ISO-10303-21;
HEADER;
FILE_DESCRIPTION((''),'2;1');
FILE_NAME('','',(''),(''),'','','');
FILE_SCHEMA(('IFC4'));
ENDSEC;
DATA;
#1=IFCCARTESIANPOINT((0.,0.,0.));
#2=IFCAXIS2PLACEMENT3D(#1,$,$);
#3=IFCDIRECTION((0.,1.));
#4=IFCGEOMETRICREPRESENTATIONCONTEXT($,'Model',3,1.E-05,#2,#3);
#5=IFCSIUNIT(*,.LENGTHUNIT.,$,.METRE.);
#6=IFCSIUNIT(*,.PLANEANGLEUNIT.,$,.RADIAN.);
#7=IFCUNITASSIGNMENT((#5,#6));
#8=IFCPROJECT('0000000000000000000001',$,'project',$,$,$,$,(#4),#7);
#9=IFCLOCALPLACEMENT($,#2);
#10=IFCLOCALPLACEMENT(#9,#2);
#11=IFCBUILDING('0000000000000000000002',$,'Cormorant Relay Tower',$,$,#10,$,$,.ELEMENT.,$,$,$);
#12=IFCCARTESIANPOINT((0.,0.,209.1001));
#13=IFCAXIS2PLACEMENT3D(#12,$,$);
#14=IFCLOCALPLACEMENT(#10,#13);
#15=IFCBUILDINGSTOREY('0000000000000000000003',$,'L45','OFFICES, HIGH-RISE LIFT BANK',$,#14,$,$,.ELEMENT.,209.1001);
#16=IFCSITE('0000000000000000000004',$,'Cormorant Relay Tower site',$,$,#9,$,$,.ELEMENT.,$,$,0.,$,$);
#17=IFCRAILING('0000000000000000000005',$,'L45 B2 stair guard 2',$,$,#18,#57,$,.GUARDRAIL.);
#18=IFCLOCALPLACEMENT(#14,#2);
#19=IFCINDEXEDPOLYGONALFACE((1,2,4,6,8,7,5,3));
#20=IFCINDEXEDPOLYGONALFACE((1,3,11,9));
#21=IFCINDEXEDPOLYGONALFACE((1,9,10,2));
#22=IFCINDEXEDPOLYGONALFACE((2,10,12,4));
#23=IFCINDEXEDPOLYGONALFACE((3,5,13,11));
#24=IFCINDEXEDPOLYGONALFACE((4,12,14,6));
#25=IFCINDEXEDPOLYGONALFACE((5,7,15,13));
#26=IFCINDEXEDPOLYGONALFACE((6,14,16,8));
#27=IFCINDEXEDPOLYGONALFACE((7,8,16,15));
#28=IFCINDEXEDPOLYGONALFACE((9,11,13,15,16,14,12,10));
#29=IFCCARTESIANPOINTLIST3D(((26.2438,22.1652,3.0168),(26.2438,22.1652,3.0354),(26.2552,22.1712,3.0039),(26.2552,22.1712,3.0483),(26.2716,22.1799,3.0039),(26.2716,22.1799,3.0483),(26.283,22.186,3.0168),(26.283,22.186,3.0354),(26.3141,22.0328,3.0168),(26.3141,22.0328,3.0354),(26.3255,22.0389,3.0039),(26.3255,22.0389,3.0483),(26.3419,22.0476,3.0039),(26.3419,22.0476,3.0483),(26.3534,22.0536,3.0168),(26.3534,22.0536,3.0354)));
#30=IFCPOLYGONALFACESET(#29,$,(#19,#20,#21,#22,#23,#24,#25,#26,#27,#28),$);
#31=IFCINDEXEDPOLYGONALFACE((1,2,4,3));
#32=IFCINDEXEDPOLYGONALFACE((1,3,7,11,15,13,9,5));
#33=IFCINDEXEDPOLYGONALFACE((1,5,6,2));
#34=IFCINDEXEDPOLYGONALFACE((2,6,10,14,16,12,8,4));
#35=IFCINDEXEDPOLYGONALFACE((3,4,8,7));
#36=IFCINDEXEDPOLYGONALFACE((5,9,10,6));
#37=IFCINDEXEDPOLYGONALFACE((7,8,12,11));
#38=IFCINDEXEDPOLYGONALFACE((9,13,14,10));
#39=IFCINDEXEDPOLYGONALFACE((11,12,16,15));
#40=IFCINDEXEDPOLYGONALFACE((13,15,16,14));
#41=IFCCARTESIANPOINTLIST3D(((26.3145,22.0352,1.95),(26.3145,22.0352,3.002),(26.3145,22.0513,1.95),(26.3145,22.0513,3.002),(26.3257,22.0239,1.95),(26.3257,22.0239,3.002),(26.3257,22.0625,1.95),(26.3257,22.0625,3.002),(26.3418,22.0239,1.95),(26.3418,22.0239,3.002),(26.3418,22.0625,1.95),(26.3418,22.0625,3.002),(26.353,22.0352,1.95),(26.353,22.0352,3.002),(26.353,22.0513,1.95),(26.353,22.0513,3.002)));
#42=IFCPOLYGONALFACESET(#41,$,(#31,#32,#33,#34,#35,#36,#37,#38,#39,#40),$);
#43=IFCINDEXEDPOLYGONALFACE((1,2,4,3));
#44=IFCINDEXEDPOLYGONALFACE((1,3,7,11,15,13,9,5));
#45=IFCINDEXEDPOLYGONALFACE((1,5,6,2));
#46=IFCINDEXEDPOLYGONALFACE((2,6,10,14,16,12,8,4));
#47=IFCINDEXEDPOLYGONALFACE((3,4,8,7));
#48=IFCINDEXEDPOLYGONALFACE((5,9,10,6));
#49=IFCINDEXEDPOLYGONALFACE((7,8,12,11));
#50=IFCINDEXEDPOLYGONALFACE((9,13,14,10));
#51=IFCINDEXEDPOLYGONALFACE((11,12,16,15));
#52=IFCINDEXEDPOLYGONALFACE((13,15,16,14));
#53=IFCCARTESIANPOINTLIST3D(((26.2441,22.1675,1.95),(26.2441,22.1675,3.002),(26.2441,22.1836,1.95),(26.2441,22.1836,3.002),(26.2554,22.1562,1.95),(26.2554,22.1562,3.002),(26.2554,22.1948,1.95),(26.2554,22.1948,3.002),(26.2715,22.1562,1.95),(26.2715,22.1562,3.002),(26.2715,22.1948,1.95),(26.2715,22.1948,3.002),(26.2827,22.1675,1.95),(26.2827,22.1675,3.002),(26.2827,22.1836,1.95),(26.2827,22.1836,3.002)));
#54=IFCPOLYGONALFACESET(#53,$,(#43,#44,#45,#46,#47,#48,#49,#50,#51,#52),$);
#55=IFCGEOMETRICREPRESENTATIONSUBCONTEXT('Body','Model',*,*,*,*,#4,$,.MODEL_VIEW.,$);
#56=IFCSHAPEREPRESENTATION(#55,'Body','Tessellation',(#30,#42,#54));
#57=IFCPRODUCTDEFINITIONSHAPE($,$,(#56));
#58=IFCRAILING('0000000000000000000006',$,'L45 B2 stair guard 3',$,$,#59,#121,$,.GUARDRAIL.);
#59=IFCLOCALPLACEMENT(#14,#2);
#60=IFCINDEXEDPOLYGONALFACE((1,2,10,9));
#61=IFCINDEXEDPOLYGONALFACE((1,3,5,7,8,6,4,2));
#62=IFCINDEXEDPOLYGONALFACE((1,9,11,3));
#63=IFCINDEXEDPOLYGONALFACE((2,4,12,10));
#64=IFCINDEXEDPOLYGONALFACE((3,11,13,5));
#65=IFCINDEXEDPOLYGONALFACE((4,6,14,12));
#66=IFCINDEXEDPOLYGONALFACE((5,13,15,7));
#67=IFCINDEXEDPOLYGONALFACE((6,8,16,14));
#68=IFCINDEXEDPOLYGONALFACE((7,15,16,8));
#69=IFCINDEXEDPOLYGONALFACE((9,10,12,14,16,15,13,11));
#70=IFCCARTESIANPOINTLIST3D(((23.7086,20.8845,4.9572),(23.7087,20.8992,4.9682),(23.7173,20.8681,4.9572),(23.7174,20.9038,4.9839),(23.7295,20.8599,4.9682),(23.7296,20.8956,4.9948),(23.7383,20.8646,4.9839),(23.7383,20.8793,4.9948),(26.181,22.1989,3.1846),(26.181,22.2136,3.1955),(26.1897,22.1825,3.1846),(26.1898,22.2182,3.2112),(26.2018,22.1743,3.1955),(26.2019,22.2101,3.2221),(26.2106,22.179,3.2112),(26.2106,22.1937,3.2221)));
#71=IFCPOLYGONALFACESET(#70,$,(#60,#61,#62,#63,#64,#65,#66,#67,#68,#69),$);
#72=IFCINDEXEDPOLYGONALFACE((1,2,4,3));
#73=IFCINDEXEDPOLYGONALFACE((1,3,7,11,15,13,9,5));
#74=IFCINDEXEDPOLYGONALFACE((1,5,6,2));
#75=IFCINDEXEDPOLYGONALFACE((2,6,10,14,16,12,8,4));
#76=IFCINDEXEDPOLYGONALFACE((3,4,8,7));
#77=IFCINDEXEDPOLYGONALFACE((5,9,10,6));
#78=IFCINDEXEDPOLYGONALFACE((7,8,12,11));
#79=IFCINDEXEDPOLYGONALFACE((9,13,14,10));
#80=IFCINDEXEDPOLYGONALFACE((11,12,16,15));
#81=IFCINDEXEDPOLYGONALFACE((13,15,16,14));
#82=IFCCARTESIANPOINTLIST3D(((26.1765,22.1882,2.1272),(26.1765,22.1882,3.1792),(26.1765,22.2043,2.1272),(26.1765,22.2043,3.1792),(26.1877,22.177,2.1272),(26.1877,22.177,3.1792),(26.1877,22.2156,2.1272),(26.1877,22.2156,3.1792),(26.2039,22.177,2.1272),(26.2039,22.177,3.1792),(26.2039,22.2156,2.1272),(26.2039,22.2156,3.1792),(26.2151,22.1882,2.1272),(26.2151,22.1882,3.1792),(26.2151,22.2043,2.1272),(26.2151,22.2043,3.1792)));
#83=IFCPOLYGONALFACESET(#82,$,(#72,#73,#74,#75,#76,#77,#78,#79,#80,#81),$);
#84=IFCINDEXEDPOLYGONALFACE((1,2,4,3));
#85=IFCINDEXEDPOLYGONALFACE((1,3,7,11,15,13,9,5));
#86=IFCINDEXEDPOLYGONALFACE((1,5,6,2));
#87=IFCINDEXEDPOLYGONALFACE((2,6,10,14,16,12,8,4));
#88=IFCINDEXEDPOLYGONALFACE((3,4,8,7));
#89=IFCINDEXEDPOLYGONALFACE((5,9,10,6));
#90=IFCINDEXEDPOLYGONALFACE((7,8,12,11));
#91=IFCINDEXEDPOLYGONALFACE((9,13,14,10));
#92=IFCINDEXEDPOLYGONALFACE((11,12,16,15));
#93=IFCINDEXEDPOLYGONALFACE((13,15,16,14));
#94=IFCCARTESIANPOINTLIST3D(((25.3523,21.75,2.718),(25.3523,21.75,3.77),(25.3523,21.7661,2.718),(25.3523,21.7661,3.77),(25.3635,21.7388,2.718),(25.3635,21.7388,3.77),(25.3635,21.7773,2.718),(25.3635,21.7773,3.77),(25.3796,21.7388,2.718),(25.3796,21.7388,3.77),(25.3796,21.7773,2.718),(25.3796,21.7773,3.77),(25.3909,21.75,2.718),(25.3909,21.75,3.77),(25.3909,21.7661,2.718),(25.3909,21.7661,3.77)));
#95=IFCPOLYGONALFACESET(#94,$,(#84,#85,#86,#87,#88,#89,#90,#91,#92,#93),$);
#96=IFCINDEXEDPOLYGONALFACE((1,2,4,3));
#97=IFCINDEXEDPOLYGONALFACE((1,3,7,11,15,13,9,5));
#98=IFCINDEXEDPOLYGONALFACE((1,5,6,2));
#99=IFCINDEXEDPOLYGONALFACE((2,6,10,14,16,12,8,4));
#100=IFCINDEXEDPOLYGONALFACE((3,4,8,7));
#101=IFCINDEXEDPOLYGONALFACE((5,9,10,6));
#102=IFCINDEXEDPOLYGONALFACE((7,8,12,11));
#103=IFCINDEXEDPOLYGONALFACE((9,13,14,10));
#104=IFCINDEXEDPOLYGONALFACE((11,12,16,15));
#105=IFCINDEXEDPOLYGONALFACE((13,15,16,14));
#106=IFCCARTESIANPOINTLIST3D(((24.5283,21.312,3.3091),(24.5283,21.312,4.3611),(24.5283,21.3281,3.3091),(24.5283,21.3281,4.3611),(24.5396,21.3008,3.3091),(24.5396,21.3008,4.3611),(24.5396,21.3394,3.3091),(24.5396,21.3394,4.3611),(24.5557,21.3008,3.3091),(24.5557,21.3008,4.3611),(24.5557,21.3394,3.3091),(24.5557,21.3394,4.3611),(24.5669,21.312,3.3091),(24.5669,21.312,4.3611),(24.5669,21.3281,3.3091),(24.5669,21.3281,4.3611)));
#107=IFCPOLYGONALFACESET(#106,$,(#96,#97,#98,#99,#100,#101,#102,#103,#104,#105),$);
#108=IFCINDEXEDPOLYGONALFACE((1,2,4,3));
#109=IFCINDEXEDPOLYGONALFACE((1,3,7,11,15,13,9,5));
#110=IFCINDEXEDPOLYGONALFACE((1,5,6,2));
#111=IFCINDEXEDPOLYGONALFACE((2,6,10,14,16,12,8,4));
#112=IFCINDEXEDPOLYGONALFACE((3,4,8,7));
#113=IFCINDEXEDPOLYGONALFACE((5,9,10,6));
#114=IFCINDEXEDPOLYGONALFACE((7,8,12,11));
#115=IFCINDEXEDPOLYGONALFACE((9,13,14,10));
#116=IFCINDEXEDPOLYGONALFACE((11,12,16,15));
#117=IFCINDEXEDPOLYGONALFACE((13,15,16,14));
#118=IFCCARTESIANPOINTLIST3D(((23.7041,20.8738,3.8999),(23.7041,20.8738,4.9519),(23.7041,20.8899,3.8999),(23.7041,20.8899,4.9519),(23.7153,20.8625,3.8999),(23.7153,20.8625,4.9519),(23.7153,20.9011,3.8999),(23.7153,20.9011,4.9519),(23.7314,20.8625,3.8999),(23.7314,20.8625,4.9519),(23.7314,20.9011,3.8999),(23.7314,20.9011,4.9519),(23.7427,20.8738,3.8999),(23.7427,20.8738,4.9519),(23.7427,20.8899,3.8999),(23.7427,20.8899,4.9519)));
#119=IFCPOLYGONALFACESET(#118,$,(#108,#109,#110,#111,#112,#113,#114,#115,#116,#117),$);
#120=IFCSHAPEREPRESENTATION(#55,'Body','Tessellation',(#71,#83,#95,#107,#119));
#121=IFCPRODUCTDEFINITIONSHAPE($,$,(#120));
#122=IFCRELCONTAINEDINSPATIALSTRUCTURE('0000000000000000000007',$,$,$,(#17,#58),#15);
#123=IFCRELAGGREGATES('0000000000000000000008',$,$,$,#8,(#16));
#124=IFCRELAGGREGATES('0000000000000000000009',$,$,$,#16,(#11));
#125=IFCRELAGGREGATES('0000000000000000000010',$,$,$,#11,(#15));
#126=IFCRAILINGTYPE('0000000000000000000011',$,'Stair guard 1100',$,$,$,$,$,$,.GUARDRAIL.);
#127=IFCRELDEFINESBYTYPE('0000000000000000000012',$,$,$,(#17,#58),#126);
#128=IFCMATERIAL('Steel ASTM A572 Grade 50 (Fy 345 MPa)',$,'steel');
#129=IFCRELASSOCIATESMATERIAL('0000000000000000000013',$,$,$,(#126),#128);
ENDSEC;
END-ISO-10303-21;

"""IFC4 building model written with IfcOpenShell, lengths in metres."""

from ifc_helpers import new_model, si_unit, direction, frame, origin, place, context, subcontext, project, spatial, polyline, outline, extrude, material, type_object, element, save


model = new_model("IFC4")

# Units and contexts
model_context = context("Model", 3, precision=1e-05, world=origin(), true_north=direction((0.0, 1.0)))
body_context = subcontext(model_context, "Body", "Model", "MODEL_VIEW")
ifc_project = project(units=[si_unit("LENGTHUNIT", "METRE"), si_unit("PLANEANGLEUNIT", "RADIAN")], contexts=[model_context])

# Site, building, storey
site_placement = place(None, origin())
site = spatial("IfcSite", under=ifc_project, at=site_placement, Name="Cormorant Relay Tower site", CompositionType="ELEMENT", RefElevation=0.0)
building_placement = place(site_placement, origin())
building = spatial("IfcBuilding", under=site, at=building_placement, Name="Cormorant Relay Tower", CompositionType="ELEMENT")
storey_placement = place(building_placement, frame((0.0, 0.0, 209.1001)))
storey = spatial("IfcBuildingStorey", under=building, at=storey_placement, Name="L45", Description="OFFICES, HIGH-RISE LIFT BANK", CompositionType="ELEMENT", Elevation=209.1001)

# Railings
ifc_material_1 = material(Name="Steel ASTM A572 Grade 50 (Fy 345 MPa)", Category="steel")
railing_type = type_object("IfcRailingType", Name="Stair guard 1100", PredefinedType="GUARDRAIL", material=ifc_material_1)
railing_1_placement = place(storey_placement, frame((26.3337, 22.0432, 1.95)))
element("IfcRailing", 1, at=railing_1_placement, inside=storey, type_object=railing_type, Name="L45 B2 stair guard 2", PredefinedType="GUARDRAIL", context=body_context, shape_type="SweptSolid", body=[
    extrude(outline(polyline([(0.0222, 0.0093), (0.0093, 0.0222), (-0.0093, 0.0222), (-0.0222, 0.0093), (-0.0222, -0.0093), (-0.0093, -0.0222), (0.0093, -0.0222), (0.0222, -0.0093), (0.0222, 0.0093)])), frame((0.0, 0.0, 1.0762), z_axis=(-0.469235, 0.883074, 0.0), x_axis=(-0.883074, -0.469235, 0.0)), (0.0, 0.0, 1.0), 0.1499),
    extrude(outline(polyline([(0.0193, 0.0081), (0.0081, 0.0193), (-0.0081, 0.0193), (-0.0193, 0.0081), (-0.0193, -0.0081), (-0.0081, -0.0193), (0.0081, -0.0193), (0.0193, -0.0081), (0.0193, 0.0081)])), origin(), (0.0, 0.0, 1.0), 1.052),
    extrude(outline(polyline([(0.0193, 0.0081), (0.0081, 0.0193), (-0.0081, 0.0193), (-0.0193, 0.0081), (-0.0193, -0.0081), (-0.0081, -0.0193), (0.0081, -0.0193), (0.0193, -0.0081), (0.0193, 0.0081)])), frame((-0.0703, 0.1323, 0.0)), (0.0, 0.0, 1.0), 1.052),
])
railing_2_placement = place(storey_placement, frame((26.1958, 22.1963, 2.1272)))
element("IfcRailing", 2, at=railing_2_placement, inside=storey, type_object=railing_type, Name="L45 B2 stair guard 3", PredefinedType="GUARDRAIL", context=body_context, shape_type="SweptSolid", body=[
    extrude(outline(polyline([(0.0222, 0.0093), (0.0093, 0.0222), (-0.0093, 0.0222), (-0.0222, 0.0093), (-0.0222, -0.0093), (-0.0093, -0.0222), (0.0093, -0.0222), (0.0222, -0.0093), (0.0222, 0.0093)])), frame((0.0, 0.0, 1.0762), z_axis=(-0.746034, -0.396627, 0.534902), x_axis=(0.469429, -0.88297, 0.0)), (0.0, 0.0, 1.0), 3.314),
    extrude(outline(polyline([(0.0193, 0.0081), (0.0081, 0.0193), (-0.0081, 0.0193), (-0.0193, 0.0081), (-0.0193, -0.0081), (-0.0081, -0.0193), (0.0081, -0.0193), (0.0193, -0.0081), (0.0193, 0.0081)])), origin(), (0.0, 0.0, 1.0), 1.052),
    extrude(outline(polyline([(0.0193, 0.0081), (0.0081, 0.0193), (-0.0081, 0.0193), (-0.0193, 0.0081), (-0.0193, -0.0081), (-0.0081, -0.0193), (0.0081, -0.0193), (0.0193, -0.0081), (0.0193, 0.0081)])), frame((-0.8242, -0.4382, 0.5908)), (0.0, 0.0, 1.0), 1.052),
    extrude(outline(polyline([(0.0193, 0.0081), (0.0081, 0.0193), (-0.0081, 0.0193), (-0.0193, 0.0081), (-0.0193, -0.0081), (-0.0081, -0.0193), (0.0081, -0.0193), (0.0193, -0.0081), (0.0193, 0.0081)])), frame((-1.6482, -0.8762, 1.1819)), (0.0, 0.0, 1.0), 1.052),
    extrude(outline(polyline([(0.0193, 0.0081), (0.0081, 0.0193), (-0.0081, 0.0193), (-0.0193, 0.0081), (-0.0193, -0.0081), (-0.0081, -0.0193), (0.0081, -0.0193), (0.0193, -0.0081), (0.0193, 0.0081)])), frame((-2.4724, -1.3145, 1.7727)), (0.0, 0.0, 1.0), 1.052),
])

save(model, "model.ifc")
